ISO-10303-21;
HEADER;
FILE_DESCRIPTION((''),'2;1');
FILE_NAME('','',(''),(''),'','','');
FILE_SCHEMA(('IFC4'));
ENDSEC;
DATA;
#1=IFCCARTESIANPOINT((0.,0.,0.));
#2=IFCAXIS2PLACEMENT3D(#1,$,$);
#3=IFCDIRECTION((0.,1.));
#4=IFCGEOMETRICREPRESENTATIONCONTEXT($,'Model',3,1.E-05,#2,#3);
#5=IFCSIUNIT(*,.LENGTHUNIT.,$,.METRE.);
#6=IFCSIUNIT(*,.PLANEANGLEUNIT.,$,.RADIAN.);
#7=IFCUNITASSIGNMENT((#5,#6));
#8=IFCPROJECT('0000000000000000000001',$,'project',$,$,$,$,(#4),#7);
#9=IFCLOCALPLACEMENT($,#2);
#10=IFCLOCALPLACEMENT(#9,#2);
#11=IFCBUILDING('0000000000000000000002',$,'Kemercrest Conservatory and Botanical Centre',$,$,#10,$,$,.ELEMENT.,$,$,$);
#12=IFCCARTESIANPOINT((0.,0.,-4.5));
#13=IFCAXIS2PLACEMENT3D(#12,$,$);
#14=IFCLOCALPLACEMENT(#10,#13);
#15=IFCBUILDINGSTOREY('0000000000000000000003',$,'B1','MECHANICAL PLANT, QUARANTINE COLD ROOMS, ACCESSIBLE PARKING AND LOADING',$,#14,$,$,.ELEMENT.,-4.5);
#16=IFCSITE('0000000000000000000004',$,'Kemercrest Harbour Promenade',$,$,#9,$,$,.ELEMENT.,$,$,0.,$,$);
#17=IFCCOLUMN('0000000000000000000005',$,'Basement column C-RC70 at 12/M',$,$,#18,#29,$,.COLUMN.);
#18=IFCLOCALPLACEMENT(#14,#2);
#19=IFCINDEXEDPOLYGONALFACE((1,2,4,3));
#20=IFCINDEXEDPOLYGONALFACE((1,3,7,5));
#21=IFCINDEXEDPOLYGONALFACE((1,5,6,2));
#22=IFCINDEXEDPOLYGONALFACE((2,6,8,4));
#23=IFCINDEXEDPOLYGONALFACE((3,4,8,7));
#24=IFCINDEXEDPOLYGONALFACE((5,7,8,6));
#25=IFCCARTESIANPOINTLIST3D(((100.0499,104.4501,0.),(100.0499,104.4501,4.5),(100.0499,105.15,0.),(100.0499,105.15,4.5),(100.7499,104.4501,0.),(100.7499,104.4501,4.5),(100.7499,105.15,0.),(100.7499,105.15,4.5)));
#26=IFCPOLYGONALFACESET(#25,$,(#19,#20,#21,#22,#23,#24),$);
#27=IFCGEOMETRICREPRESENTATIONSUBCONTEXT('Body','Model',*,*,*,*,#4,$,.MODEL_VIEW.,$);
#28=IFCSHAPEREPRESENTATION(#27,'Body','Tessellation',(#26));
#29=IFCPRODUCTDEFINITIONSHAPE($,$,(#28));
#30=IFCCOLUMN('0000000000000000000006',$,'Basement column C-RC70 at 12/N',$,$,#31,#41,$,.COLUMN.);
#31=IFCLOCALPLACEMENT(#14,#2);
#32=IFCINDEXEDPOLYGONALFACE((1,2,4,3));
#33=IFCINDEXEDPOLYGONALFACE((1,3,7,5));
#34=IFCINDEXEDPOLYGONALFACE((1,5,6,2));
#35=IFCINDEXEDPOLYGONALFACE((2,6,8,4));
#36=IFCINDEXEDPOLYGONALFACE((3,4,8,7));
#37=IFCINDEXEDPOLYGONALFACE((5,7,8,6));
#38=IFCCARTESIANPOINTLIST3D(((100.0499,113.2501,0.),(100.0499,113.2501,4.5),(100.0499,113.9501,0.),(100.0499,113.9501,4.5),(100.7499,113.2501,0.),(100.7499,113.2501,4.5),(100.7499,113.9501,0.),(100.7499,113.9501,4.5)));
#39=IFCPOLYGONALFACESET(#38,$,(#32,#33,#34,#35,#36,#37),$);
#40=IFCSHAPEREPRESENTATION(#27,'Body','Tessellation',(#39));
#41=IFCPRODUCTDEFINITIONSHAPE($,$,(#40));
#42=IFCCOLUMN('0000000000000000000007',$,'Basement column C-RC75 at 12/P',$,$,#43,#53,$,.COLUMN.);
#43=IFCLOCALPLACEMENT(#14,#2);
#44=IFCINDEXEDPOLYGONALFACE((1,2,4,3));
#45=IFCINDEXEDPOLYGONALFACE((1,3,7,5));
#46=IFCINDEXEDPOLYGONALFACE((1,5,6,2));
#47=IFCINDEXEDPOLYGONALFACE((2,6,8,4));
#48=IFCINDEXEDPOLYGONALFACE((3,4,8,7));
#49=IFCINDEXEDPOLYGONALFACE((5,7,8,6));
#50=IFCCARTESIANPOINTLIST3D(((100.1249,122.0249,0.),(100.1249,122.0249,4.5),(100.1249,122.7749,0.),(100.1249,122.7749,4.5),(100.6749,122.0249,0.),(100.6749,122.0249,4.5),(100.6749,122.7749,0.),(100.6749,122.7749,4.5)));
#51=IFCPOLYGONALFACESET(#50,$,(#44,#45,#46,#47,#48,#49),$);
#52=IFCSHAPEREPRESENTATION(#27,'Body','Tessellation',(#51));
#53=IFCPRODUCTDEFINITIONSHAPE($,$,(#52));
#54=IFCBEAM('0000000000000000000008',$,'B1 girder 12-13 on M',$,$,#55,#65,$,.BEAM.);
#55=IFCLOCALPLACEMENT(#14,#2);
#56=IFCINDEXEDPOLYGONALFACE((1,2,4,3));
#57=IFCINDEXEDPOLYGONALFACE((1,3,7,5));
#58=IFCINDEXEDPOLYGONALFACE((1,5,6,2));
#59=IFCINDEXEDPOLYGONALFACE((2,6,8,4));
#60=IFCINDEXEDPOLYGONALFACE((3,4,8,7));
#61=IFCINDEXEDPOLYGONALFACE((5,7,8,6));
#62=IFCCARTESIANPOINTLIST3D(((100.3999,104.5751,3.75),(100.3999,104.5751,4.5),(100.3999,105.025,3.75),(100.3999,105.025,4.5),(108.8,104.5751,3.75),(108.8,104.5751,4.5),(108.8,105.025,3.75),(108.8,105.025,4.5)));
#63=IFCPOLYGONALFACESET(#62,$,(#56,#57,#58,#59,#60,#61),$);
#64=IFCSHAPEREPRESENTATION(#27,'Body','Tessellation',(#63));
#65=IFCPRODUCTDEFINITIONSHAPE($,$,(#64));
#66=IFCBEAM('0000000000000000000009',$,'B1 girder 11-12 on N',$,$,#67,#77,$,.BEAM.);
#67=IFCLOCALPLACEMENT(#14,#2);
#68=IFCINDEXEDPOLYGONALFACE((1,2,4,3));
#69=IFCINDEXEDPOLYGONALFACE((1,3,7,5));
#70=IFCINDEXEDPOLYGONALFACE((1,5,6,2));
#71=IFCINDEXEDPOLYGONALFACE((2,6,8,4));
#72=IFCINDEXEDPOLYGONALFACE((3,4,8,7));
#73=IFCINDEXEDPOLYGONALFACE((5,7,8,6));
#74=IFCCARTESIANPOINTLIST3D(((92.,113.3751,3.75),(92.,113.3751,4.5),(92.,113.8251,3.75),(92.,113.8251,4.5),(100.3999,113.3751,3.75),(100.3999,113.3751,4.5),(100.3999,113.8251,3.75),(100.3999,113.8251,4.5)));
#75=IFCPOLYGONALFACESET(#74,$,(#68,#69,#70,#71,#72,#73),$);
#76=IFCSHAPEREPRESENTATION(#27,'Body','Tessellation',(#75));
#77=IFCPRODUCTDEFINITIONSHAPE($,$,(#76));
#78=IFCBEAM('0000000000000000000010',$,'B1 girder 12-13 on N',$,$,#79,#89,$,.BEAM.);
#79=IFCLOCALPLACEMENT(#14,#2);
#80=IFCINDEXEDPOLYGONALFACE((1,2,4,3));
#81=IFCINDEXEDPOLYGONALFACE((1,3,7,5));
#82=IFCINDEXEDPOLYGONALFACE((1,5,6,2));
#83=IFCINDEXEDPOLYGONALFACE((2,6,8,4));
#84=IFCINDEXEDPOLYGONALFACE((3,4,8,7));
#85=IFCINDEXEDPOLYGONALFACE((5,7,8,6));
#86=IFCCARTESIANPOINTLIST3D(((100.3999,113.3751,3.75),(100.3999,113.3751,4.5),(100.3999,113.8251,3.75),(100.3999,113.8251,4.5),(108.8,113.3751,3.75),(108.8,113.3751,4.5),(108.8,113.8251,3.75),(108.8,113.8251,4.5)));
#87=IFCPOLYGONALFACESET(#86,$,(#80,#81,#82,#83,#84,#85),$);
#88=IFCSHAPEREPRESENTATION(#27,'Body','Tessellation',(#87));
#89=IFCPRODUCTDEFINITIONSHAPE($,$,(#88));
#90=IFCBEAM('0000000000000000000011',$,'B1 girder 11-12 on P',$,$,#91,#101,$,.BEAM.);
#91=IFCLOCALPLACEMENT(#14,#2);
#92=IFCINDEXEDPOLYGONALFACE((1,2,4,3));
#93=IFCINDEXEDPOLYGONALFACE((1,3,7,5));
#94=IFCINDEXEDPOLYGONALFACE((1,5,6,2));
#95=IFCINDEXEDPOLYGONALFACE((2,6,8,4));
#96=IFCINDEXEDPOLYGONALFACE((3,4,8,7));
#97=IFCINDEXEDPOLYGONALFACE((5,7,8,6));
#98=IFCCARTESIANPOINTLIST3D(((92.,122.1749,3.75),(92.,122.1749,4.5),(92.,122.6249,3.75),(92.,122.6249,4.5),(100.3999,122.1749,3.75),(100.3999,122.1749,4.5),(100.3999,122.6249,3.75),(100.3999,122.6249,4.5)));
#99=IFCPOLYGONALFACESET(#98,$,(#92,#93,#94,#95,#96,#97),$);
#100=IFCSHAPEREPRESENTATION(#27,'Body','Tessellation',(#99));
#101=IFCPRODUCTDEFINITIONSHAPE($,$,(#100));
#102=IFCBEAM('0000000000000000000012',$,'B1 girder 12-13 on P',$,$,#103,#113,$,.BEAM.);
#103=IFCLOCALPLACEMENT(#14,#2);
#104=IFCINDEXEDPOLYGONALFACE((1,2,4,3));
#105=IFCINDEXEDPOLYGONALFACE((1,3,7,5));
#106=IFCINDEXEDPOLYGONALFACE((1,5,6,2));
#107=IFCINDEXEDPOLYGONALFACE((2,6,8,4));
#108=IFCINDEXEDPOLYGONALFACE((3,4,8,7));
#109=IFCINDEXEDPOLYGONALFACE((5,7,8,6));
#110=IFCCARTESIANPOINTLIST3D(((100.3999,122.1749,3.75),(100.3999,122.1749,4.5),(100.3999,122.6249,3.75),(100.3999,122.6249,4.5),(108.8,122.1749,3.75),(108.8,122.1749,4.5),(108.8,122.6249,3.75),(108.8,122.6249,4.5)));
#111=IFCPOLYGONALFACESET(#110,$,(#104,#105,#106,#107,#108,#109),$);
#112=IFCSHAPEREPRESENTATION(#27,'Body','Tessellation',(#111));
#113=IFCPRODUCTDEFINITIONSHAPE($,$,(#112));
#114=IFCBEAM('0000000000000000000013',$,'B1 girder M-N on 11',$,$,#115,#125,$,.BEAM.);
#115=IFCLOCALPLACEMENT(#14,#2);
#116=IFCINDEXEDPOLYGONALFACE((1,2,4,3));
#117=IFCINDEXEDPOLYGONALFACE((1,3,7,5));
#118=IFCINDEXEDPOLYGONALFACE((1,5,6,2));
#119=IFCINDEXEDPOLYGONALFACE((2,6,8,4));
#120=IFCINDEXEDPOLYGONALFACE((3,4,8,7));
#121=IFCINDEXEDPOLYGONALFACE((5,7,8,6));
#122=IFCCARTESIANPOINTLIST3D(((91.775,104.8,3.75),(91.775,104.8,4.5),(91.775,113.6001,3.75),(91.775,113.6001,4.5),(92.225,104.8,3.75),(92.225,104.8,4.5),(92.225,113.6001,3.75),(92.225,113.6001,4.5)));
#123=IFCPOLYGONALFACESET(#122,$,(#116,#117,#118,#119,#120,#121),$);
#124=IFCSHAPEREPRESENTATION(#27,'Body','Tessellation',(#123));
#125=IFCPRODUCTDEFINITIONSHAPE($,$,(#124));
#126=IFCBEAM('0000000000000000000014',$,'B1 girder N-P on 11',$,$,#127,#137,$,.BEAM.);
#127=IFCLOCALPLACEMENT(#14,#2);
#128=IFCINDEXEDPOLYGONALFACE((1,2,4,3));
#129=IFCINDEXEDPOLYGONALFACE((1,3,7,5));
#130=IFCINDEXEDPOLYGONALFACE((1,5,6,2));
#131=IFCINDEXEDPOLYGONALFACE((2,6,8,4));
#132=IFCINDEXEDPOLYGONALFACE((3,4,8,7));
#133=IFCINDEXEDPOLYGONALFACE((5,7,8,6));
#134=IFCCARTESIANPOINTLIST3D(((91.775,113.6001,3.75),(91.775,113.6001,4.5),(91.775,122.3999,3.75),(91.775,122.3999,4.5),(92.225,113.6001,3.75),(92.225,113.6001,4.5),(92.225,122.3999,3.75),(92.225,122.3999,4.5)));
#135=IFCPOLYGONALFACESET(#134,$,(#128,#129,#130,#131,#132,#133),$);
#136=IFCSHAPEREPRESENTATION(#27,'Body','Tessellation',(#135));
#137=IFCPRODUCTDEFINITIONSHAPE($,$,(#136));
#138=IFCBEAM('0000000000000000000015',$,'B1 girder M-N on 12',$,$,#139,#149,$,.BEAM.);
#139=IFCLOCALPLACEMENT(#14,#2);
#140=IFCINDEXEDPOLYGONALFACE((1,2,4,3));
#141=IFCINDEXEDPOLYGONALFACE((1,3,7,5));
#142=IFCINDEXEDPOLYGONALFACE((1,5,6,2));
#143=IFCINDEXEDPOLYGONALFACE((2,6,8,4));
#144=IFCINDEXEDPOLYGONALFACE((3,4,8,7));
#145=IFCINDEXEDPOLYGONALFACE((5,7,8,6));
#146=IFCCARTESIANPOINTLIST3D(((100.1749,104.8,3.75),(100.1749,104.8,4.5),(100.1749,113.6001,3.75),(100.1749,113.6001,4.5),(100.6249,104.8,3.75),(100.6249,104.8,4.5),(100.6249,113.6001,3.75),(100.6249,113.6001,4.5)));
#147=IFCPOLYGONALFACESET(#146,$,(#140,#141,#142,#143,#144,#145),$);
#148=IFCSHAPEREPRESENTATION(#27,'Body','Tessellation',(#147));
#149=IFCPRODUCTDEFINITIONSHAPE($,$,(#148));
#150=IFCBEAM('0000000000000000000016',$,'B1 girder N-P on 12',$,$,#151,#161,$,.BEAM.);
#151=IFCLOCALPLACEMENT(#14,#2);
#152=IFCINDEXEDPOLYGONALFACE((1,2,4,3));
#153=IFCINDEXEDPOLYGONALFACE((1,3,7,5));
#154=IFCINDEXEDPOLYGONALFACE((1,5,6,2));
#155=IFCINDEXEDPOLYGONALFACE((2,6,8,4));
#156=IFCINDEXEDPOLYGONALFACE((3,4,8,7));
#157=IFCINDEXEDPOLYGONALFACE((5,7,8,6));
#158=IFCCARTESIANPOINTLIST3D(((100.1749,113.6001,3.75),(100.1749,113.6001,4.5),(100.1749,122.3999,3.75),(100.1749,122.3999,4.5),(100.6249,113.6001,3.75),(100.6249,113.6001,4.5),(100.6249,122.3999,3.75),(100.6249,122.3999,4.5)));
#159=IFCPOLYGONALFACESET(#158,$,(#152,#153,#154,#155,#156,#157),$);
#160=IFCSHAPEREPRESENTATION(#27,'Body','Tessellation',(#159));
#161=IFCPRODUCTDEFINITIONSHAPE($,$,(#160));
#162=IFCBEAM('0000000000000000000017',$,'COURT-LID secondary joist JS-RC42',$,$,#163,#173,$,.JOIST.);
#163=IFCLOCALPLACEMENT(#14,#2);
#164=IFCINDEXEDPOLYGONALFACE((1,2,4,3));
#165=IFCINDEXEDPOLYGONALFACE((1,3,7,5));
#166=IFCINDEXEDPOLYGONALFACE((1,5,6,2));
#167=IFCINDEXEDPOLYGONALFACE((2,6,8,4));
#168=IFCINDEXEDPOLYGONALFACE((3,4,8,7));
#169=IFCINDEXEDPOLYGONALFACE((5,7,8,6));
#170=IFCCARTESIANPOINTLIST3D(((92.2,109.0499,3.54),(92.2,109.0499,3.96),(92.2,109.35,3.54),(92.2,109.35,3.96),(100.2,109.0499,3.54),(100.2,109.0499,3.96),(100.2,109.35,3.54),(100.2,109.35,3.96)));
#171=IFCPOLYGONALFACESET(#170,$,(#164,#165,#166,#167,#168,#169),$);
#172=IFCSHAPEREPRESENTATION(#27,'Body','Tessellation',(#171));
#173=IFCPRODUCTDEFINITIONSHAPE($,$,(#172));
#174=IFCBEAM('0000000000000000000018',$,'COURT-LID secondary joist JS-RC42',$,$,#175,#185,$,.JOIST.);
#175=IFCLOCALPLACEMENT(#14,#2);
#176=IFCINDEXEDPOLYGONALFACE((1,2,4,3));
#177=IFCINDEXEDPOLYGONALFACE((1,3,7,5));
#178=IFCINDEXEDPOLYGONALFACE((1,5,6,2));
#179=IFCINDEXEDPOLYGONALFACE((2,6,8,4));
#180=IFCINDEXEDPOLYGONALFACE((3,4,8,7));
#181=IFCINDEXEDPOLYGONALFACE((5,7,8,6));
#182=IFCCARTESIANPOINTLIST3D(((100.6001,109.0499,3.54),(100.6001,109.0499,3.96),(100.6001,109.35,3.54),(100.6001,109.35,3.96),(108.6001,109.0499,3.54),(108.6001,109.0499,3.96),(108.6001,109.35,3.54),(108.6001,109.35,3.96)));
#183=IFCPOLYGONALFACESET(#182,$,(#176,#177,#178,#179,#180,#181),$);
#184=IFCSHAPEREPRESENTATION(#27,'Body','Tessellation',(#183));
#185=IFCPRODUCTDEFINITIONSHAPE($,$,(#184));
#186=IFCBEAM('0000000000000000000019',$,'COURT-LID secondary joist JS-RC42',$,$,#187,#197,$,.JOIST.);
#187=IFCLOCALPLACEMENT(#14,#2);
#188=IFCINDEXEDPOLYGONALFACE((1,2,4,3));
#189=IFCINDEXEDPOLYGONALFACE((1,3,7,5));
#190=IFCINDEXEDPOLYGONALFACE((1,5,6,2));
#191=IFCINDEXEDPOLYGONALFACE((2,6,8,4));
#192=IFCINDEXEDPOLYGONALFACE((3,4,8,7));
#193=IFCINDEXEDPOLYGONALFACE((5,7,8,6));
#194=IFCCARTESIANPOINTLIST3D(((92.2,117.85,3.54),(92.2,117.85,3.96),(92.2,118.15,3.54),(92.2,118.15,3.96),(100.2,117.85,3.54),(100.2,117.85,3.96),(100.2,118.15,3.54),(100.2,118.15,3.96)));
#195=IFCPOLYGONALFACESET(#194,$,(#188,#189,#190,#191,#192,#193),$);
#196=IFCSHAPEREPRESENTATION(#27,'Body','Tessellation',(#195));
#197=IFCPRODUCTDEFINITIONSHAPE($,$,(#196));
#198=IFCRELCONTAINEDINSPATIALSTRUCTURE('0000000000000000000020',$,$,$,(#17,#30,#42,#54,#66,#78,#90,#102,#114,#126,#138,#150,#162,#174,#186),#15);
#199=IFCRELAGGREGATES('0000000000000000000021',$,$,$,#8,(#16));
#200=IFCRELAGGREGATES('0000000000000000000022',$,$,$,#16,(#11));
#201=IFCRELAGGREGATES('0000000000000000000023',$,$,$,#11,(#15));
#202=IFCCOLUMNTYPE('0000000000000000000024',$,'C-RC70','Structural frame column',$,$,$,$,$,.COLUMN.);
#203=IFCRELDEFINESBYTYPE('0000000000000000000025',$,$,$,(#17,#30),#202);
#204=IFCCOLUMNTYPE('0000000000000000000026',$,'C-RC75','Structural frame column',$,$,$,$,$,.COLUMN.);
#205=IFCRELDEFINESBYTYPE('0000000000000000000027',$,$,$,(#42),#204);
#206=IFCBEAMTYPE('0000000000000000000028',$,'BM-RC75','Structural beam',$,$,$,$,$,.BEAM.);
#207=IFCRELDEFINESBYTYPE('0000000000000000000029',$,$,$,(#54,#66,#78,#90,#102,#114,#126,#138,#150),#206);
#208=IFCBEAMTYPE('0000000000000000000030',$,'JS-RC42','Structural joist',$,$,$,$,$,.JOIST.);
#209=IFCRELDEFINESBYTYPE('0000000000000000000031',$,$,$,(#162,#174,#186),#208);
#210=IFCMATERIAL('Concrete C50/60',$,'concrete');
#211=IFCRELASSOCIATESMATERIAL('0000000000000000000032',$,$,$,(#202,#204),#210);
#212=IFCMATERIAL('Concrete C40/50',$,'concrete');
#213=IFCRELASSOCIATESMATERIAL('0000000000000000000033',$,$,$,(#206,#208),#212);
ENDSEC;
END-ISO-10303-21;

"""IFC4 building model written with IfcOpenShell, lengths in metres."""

from ifc_helpers import new_model, si_unit, direction, frame, origin, origin_2d, place, context, subcontext, project, spatial, rectangle, extrude, material, material_profile, profile_set, type_object, element, save


model = new_model("IFC4")

# Units and contexts
model_context = context("Model", 3, precision=1e-05, world=origin(), true_north=direction((0.0, 1.0)))
body_context = subcontext(model_context, "Body", "Model", "MODEL_VIEW")
ifc_project = project(units=[si_unit("LENGTHUNIT", "METRE"), si_unit("PLANEANGLEUNIT", "RADIAN")], contexts=[model_context])

# Site, building, storey
site_placement = place(None, origin())
site = spatial("IfcSite", under=ifc_project, at=site_placement, Name="Kemercrest Harbour Promenade", CompositionType="ELEMENT", RefElevation=0.0)
building_placement = place(site_placement, origin())
building = spatial("IfcBuilding", under=site, at=building_placement, Name="Kemercrest Conservatory and Botanical Centre", CompositionType="ELEMENT")
storey_placement = place(building_placement, frame((0.0, 0.0, -4.5)))
storey = spatial("IfcBuildingStorey", under=building, at=storey_placement, Name="B1", Description="MECHANICAL PLANT, QUARANTINE COLD ROOMS, ACCESSIBLE PARKING AND LOADING", CompositionType="ELEMENT", Elevation=-4.5)

# Shared definitions
ifc_material_1 = material(Name="Concrete C40/50", Category="concrete")

# Columns
ifc_material_2 = material(Name="Concrete C50/60", Category="concrete")
ifc_material_profile_1 = material_profile(ifc_material_2, rectangle(XDim=0.7, YDim=0.7, at=origin_2d()), Name="RC 700x700")
ifc_profile_set_1 = profile_set([ifc_material_profile_1], Name="Concrete C50/60")
column_type_1 = type_object("IfcColumnType", Name="C-RC70", Description="Structural frame column", PredefinedType="COLUMN", material=ifc_profile_set_1)
for number, where, z_axis, x_axis, name in (
    (1, (100.3999, 104.8, 0.0), (0.0, 0.0, 1.0), (1.0, 0.0, 0.0), "Basement column C-RC70 at 12/M"),
    (2, (100.3999, 113.6001, 0.0), (0.0, 0.0, 1.0), (1.0, 0.0, 0.0), "Basement column C-RC70 at 12/N"),
):
    element("IfcColumn", number, at=place(storey_placement, frame(where, z_axis=z_axis, x_axis=x_axis)), inside=storey, type_object=column_type_1, Name=name, PredefinedType="COLUMN", context=body_context, shape_type="SweptSolid", body=[
        extrude(rectangle(XDim=0.7, YDim=0.7, at=origin_2d()), origin(), (0.0, 0.0, 1.0), 4.5),
    ])
ifc_material_profile_2 = material_profile(ifc_material_2, rectangle(XDim=0.55, YDim=0.75, at=origin_2d()), Name="RC 750x550")
ifc_profile_set_2 = profile_set([ifc_material_profile_2], Name="Concrete C50/60")
column_type_2 = type_object("IfcColumnType", Name="C-RC75", Description="Structural frame column", PredefinedType="COLUMN", material=ifc_profile_set_2)
column_placement = place(storey_placement, frame((100.3999, 122.3999, 0.0), z_axis=(0.0, 0.0, 1.0), x_axis=(1.0, 0.0, 0.0)))
element("IfcColumn", 3, at=column_placement, inside=storey, type_object=column_type_2, Name="Basement column C-RC75 at 12/P", PredefinedType="COLUMN", context=body_context, shape_type="SweptSolid", body=[
    extrude(rectangle(XDim=0.55, YDim=0.75, at=origin_2d()), origin(), (0.0, 0.0, 1.0), 4.5),
])

# Beams
ifc_material_profile_3 = material_profile(ifc_material_1, rectangle(XDim=0.45, YDim=0.75, at=origin_2d()), Name="RC 450x750")
ifc_profile_set_3 = profile_set([ifc_material_profile_3], Name="Concrete C40/50")
beam_type_1 = type_object("IfcBeamType", Name="BM-RC75", Description="Structural beam", PredefinedType="BEAM", material=ifc_profile_set_3)
beam_1_placement = place(storey_placement, frame((100.3999, 104.8, 4.125), z_axis=(1.0, 0.0, 0.0), x_axis=(0.0, 1.0, 0.0)))
element("IfcBeam", 4, at=beam_1_placement, inside=storey, type_object=beam_type_1, Name="B1 girder 12-13 on M", PredefinedType="BEAM", context=body_context, shape_type="SweptSolid", body=[
    extrude(rectangle(XDim=0.45, YDim=0.75, at=origin_2d()), origin(), (0.0, 0.0, 1.0), 8.4001),
])
beam_2_placement = place(storey_placement, frame((92.0, 113.6001, 4.125), z_axis=(1.0, 0.0, 0.0), x_axis=(0.0, 1.0, 0.0)))
element("IfcBeam", 5, at=beam_2_placement, inside=storey, type_object=beam_type_1, Name="B1 girder 11-12 on N", PredefinedType="BEAM", context=body_context, shape_type="SweptSolid", body=[
    extrude(rectangle(XDim=0.45, YDim=0.75, at=origin_2d()), origin(), (0.0, 0.0, 1.0), 8.3999),
])
beam_3_placement = place(storey_placement, frame((100.3999, 113.6001, 4.125), z_axis=(1.0, 0.0, 0.0), x_axis=(0.0, 1.0, 0.0)))
element("IfcBeam", 6, at=beam_3_placement, inside=storey, type_object=beam_type_1, Name="B1 girder 12-13 on N", PredefinedType="BEAM", context=body_context, shape_type="SweptSolid", body=[
    extrude(rectangle(XDim=0.45, YDim=0.75, at=origin_2d()), origin(), (0.0, 0.0, 1.0), 8.4001),
])
beam_4_placement = place(storey_placement, frame((92.0, 122.3999, 4.125), z_axis=(1.0, 0.0, 0.0), x_axis=(0.0, 1.0, 0.0)))
element("IfcBeam", 7, at=beam_4_placement, inside=storey, type_object=beam_type_1, Name="B1 girder 11-12 on P", PredefinedType="BEAM", context=body_context, shape_type="SweptSolid", body=[
    extrude(rectangle(XDim=0.45, YDim=0.75, at=origin_2d()), origin(), (0.0, 0.0, 1.0), 8.3999),
])
beam_5_placement = place(storey_placement, frame((100.3999, 122.3999, 4.125), z_axis=(1.0, 0.0, 0.0), x_axis=(0.0, 1.0, 0.0)))
element("IfcBeam", 8, at=beam_5_placement, inside=storey, type_object=beam_type_1, Name="B1 girder 12-13 on P", PredefinedType="BEAM", context=body_context, shape_type="SweptSolid", body=[
    extrude(rectangle(XDim=0.45, YDim=0.75, at=origin_2d()), origin(), (0.0, 0.0, 1.0), 8.4001),
])
beam_6_placement = place(storey_placement, frame((92.0, 104.8, 4.125), z_axis=(0.0, 1.0, 0.0), x_axis=(-1.0, 0.0, 0.0)))
element("IfcBeam", 9, at=beam_6_placement, inside=storey, type_object=beam_type_1, Name="B1 girder M-N on 11", PredefinedType="BEAM", context=body_context, shape_type="SweptSolid", body=[
    extrude(rectangle(XDim=0.45, YDim=0.75, at=origin_2d()), origin(), (0.0, 0.0, 1.0), 8.8),
])
beam_7_placement = place(storey_placement, frame((92.0, 113.6001, 4.125), z_axis=(0.0, 1.0, 0.0), x_axis=(-1.0, 0.0, 0.0)))
element("IfcBeam", 10, at=beam_7_placement, inside=storey, type_object=beam_type_1, Name="B1 girder N-P on 11", PredefinedType="BEAM", context=body_context, shape_type="SweptSolid", body=[
    extrude(rectangle(XDim=0.45, YDim=0.75, at=origin_2d()), origin(), (0.0, 0.0, 1.0), 8.7998),
])
beam_8_placement = place(storey_placement, frame((100.3999, 104.8, 4.125), z_axis=(0.0, 1.0, 0.0), x_axis=(-1.0, 0.0, 0.0)))
element("IfcBeam", 11, at=beam_8_placement, inside=storey, type_object=beam_type_1, Name="B1 girder M-N on 12", PredefinedType="BEAM", context=body_context, shape_type="SweptSolid", body=[
    extrude(rectangle(XDim=0.45, YDim=0.75, at=origin_2d()), origin(), (0.0, 0.0, 1.0), 8.8),
])
beam_9_placement = place(storey_placement, frame((100.3999, 113.6001, 4.125), z_axis=(0.0, 1.0, 0.0), x_axis=(-1.0, 0.0, 0.0)))
element("IfcBeam", 12, at=beam_9_placement, inside=storey, type_object=beam_type_1, Name="B1 girder N-P on 12", PredefinedType="BEAM", context=body_context, shape_type="SweptSolid", body=[
    extrude(rectangle(XDim=0.45, YDim=0.75, at=origin_2d()), origin(), (0.0, 0.0, 1.0), 8.7998),
])
ifc_material_profile_4 = material_profile(ifc_material_1, rectangle(XDim=0.3, YDim=0.4199, at=origin_2d()), Name="RC 300x420")
ifc_profile_set_4 = profile_set([ifc_material_profile_4], Name="Concrete C40/50")
beam_type_2 = type_object("IfcBeamType", Name="JS-RC42", Description="Structural joist", PredefinedType="JOIST", material=ifc_profile_set_4)
for number, where, z_axis, x_axis, name in (
    (13, (92.2, 109.2, 3.75), (1.0, 0.0, 0.0), (0.0, 1.0, 0.0), "COURT-LID secondary joist JS-RC42"),
    (14, (100.6001, 109.2, 3.75), (1.0, 0.0, 0.0), (0.0, 1.0, 0.0), "COURT-LID secondary joist JS-RC42"),
    (15, (92.2, 118.0, 3.75), (1.0, 0.0, 0.0), (0.0, 1.0, 0.0), "COURT-LID secondary joist JS-RC42"),
):
    element("IfcBeam", number, at=place(storey_placement, frame(where, z_axis=z_axis, x_axis=x_axis)), inside=storey, type_object=beam_type_2, Name=name, PredefinedType="JOIST", context=body_context, shape_type="SweptSolid", body=[
        extrude(rectangle(XDim=0.3, YDim=0.4199, at=origin_2d()), origin(), (0.0, 0.0, 1.0), 8.0),
    ])

save(model, "model.ifc")
